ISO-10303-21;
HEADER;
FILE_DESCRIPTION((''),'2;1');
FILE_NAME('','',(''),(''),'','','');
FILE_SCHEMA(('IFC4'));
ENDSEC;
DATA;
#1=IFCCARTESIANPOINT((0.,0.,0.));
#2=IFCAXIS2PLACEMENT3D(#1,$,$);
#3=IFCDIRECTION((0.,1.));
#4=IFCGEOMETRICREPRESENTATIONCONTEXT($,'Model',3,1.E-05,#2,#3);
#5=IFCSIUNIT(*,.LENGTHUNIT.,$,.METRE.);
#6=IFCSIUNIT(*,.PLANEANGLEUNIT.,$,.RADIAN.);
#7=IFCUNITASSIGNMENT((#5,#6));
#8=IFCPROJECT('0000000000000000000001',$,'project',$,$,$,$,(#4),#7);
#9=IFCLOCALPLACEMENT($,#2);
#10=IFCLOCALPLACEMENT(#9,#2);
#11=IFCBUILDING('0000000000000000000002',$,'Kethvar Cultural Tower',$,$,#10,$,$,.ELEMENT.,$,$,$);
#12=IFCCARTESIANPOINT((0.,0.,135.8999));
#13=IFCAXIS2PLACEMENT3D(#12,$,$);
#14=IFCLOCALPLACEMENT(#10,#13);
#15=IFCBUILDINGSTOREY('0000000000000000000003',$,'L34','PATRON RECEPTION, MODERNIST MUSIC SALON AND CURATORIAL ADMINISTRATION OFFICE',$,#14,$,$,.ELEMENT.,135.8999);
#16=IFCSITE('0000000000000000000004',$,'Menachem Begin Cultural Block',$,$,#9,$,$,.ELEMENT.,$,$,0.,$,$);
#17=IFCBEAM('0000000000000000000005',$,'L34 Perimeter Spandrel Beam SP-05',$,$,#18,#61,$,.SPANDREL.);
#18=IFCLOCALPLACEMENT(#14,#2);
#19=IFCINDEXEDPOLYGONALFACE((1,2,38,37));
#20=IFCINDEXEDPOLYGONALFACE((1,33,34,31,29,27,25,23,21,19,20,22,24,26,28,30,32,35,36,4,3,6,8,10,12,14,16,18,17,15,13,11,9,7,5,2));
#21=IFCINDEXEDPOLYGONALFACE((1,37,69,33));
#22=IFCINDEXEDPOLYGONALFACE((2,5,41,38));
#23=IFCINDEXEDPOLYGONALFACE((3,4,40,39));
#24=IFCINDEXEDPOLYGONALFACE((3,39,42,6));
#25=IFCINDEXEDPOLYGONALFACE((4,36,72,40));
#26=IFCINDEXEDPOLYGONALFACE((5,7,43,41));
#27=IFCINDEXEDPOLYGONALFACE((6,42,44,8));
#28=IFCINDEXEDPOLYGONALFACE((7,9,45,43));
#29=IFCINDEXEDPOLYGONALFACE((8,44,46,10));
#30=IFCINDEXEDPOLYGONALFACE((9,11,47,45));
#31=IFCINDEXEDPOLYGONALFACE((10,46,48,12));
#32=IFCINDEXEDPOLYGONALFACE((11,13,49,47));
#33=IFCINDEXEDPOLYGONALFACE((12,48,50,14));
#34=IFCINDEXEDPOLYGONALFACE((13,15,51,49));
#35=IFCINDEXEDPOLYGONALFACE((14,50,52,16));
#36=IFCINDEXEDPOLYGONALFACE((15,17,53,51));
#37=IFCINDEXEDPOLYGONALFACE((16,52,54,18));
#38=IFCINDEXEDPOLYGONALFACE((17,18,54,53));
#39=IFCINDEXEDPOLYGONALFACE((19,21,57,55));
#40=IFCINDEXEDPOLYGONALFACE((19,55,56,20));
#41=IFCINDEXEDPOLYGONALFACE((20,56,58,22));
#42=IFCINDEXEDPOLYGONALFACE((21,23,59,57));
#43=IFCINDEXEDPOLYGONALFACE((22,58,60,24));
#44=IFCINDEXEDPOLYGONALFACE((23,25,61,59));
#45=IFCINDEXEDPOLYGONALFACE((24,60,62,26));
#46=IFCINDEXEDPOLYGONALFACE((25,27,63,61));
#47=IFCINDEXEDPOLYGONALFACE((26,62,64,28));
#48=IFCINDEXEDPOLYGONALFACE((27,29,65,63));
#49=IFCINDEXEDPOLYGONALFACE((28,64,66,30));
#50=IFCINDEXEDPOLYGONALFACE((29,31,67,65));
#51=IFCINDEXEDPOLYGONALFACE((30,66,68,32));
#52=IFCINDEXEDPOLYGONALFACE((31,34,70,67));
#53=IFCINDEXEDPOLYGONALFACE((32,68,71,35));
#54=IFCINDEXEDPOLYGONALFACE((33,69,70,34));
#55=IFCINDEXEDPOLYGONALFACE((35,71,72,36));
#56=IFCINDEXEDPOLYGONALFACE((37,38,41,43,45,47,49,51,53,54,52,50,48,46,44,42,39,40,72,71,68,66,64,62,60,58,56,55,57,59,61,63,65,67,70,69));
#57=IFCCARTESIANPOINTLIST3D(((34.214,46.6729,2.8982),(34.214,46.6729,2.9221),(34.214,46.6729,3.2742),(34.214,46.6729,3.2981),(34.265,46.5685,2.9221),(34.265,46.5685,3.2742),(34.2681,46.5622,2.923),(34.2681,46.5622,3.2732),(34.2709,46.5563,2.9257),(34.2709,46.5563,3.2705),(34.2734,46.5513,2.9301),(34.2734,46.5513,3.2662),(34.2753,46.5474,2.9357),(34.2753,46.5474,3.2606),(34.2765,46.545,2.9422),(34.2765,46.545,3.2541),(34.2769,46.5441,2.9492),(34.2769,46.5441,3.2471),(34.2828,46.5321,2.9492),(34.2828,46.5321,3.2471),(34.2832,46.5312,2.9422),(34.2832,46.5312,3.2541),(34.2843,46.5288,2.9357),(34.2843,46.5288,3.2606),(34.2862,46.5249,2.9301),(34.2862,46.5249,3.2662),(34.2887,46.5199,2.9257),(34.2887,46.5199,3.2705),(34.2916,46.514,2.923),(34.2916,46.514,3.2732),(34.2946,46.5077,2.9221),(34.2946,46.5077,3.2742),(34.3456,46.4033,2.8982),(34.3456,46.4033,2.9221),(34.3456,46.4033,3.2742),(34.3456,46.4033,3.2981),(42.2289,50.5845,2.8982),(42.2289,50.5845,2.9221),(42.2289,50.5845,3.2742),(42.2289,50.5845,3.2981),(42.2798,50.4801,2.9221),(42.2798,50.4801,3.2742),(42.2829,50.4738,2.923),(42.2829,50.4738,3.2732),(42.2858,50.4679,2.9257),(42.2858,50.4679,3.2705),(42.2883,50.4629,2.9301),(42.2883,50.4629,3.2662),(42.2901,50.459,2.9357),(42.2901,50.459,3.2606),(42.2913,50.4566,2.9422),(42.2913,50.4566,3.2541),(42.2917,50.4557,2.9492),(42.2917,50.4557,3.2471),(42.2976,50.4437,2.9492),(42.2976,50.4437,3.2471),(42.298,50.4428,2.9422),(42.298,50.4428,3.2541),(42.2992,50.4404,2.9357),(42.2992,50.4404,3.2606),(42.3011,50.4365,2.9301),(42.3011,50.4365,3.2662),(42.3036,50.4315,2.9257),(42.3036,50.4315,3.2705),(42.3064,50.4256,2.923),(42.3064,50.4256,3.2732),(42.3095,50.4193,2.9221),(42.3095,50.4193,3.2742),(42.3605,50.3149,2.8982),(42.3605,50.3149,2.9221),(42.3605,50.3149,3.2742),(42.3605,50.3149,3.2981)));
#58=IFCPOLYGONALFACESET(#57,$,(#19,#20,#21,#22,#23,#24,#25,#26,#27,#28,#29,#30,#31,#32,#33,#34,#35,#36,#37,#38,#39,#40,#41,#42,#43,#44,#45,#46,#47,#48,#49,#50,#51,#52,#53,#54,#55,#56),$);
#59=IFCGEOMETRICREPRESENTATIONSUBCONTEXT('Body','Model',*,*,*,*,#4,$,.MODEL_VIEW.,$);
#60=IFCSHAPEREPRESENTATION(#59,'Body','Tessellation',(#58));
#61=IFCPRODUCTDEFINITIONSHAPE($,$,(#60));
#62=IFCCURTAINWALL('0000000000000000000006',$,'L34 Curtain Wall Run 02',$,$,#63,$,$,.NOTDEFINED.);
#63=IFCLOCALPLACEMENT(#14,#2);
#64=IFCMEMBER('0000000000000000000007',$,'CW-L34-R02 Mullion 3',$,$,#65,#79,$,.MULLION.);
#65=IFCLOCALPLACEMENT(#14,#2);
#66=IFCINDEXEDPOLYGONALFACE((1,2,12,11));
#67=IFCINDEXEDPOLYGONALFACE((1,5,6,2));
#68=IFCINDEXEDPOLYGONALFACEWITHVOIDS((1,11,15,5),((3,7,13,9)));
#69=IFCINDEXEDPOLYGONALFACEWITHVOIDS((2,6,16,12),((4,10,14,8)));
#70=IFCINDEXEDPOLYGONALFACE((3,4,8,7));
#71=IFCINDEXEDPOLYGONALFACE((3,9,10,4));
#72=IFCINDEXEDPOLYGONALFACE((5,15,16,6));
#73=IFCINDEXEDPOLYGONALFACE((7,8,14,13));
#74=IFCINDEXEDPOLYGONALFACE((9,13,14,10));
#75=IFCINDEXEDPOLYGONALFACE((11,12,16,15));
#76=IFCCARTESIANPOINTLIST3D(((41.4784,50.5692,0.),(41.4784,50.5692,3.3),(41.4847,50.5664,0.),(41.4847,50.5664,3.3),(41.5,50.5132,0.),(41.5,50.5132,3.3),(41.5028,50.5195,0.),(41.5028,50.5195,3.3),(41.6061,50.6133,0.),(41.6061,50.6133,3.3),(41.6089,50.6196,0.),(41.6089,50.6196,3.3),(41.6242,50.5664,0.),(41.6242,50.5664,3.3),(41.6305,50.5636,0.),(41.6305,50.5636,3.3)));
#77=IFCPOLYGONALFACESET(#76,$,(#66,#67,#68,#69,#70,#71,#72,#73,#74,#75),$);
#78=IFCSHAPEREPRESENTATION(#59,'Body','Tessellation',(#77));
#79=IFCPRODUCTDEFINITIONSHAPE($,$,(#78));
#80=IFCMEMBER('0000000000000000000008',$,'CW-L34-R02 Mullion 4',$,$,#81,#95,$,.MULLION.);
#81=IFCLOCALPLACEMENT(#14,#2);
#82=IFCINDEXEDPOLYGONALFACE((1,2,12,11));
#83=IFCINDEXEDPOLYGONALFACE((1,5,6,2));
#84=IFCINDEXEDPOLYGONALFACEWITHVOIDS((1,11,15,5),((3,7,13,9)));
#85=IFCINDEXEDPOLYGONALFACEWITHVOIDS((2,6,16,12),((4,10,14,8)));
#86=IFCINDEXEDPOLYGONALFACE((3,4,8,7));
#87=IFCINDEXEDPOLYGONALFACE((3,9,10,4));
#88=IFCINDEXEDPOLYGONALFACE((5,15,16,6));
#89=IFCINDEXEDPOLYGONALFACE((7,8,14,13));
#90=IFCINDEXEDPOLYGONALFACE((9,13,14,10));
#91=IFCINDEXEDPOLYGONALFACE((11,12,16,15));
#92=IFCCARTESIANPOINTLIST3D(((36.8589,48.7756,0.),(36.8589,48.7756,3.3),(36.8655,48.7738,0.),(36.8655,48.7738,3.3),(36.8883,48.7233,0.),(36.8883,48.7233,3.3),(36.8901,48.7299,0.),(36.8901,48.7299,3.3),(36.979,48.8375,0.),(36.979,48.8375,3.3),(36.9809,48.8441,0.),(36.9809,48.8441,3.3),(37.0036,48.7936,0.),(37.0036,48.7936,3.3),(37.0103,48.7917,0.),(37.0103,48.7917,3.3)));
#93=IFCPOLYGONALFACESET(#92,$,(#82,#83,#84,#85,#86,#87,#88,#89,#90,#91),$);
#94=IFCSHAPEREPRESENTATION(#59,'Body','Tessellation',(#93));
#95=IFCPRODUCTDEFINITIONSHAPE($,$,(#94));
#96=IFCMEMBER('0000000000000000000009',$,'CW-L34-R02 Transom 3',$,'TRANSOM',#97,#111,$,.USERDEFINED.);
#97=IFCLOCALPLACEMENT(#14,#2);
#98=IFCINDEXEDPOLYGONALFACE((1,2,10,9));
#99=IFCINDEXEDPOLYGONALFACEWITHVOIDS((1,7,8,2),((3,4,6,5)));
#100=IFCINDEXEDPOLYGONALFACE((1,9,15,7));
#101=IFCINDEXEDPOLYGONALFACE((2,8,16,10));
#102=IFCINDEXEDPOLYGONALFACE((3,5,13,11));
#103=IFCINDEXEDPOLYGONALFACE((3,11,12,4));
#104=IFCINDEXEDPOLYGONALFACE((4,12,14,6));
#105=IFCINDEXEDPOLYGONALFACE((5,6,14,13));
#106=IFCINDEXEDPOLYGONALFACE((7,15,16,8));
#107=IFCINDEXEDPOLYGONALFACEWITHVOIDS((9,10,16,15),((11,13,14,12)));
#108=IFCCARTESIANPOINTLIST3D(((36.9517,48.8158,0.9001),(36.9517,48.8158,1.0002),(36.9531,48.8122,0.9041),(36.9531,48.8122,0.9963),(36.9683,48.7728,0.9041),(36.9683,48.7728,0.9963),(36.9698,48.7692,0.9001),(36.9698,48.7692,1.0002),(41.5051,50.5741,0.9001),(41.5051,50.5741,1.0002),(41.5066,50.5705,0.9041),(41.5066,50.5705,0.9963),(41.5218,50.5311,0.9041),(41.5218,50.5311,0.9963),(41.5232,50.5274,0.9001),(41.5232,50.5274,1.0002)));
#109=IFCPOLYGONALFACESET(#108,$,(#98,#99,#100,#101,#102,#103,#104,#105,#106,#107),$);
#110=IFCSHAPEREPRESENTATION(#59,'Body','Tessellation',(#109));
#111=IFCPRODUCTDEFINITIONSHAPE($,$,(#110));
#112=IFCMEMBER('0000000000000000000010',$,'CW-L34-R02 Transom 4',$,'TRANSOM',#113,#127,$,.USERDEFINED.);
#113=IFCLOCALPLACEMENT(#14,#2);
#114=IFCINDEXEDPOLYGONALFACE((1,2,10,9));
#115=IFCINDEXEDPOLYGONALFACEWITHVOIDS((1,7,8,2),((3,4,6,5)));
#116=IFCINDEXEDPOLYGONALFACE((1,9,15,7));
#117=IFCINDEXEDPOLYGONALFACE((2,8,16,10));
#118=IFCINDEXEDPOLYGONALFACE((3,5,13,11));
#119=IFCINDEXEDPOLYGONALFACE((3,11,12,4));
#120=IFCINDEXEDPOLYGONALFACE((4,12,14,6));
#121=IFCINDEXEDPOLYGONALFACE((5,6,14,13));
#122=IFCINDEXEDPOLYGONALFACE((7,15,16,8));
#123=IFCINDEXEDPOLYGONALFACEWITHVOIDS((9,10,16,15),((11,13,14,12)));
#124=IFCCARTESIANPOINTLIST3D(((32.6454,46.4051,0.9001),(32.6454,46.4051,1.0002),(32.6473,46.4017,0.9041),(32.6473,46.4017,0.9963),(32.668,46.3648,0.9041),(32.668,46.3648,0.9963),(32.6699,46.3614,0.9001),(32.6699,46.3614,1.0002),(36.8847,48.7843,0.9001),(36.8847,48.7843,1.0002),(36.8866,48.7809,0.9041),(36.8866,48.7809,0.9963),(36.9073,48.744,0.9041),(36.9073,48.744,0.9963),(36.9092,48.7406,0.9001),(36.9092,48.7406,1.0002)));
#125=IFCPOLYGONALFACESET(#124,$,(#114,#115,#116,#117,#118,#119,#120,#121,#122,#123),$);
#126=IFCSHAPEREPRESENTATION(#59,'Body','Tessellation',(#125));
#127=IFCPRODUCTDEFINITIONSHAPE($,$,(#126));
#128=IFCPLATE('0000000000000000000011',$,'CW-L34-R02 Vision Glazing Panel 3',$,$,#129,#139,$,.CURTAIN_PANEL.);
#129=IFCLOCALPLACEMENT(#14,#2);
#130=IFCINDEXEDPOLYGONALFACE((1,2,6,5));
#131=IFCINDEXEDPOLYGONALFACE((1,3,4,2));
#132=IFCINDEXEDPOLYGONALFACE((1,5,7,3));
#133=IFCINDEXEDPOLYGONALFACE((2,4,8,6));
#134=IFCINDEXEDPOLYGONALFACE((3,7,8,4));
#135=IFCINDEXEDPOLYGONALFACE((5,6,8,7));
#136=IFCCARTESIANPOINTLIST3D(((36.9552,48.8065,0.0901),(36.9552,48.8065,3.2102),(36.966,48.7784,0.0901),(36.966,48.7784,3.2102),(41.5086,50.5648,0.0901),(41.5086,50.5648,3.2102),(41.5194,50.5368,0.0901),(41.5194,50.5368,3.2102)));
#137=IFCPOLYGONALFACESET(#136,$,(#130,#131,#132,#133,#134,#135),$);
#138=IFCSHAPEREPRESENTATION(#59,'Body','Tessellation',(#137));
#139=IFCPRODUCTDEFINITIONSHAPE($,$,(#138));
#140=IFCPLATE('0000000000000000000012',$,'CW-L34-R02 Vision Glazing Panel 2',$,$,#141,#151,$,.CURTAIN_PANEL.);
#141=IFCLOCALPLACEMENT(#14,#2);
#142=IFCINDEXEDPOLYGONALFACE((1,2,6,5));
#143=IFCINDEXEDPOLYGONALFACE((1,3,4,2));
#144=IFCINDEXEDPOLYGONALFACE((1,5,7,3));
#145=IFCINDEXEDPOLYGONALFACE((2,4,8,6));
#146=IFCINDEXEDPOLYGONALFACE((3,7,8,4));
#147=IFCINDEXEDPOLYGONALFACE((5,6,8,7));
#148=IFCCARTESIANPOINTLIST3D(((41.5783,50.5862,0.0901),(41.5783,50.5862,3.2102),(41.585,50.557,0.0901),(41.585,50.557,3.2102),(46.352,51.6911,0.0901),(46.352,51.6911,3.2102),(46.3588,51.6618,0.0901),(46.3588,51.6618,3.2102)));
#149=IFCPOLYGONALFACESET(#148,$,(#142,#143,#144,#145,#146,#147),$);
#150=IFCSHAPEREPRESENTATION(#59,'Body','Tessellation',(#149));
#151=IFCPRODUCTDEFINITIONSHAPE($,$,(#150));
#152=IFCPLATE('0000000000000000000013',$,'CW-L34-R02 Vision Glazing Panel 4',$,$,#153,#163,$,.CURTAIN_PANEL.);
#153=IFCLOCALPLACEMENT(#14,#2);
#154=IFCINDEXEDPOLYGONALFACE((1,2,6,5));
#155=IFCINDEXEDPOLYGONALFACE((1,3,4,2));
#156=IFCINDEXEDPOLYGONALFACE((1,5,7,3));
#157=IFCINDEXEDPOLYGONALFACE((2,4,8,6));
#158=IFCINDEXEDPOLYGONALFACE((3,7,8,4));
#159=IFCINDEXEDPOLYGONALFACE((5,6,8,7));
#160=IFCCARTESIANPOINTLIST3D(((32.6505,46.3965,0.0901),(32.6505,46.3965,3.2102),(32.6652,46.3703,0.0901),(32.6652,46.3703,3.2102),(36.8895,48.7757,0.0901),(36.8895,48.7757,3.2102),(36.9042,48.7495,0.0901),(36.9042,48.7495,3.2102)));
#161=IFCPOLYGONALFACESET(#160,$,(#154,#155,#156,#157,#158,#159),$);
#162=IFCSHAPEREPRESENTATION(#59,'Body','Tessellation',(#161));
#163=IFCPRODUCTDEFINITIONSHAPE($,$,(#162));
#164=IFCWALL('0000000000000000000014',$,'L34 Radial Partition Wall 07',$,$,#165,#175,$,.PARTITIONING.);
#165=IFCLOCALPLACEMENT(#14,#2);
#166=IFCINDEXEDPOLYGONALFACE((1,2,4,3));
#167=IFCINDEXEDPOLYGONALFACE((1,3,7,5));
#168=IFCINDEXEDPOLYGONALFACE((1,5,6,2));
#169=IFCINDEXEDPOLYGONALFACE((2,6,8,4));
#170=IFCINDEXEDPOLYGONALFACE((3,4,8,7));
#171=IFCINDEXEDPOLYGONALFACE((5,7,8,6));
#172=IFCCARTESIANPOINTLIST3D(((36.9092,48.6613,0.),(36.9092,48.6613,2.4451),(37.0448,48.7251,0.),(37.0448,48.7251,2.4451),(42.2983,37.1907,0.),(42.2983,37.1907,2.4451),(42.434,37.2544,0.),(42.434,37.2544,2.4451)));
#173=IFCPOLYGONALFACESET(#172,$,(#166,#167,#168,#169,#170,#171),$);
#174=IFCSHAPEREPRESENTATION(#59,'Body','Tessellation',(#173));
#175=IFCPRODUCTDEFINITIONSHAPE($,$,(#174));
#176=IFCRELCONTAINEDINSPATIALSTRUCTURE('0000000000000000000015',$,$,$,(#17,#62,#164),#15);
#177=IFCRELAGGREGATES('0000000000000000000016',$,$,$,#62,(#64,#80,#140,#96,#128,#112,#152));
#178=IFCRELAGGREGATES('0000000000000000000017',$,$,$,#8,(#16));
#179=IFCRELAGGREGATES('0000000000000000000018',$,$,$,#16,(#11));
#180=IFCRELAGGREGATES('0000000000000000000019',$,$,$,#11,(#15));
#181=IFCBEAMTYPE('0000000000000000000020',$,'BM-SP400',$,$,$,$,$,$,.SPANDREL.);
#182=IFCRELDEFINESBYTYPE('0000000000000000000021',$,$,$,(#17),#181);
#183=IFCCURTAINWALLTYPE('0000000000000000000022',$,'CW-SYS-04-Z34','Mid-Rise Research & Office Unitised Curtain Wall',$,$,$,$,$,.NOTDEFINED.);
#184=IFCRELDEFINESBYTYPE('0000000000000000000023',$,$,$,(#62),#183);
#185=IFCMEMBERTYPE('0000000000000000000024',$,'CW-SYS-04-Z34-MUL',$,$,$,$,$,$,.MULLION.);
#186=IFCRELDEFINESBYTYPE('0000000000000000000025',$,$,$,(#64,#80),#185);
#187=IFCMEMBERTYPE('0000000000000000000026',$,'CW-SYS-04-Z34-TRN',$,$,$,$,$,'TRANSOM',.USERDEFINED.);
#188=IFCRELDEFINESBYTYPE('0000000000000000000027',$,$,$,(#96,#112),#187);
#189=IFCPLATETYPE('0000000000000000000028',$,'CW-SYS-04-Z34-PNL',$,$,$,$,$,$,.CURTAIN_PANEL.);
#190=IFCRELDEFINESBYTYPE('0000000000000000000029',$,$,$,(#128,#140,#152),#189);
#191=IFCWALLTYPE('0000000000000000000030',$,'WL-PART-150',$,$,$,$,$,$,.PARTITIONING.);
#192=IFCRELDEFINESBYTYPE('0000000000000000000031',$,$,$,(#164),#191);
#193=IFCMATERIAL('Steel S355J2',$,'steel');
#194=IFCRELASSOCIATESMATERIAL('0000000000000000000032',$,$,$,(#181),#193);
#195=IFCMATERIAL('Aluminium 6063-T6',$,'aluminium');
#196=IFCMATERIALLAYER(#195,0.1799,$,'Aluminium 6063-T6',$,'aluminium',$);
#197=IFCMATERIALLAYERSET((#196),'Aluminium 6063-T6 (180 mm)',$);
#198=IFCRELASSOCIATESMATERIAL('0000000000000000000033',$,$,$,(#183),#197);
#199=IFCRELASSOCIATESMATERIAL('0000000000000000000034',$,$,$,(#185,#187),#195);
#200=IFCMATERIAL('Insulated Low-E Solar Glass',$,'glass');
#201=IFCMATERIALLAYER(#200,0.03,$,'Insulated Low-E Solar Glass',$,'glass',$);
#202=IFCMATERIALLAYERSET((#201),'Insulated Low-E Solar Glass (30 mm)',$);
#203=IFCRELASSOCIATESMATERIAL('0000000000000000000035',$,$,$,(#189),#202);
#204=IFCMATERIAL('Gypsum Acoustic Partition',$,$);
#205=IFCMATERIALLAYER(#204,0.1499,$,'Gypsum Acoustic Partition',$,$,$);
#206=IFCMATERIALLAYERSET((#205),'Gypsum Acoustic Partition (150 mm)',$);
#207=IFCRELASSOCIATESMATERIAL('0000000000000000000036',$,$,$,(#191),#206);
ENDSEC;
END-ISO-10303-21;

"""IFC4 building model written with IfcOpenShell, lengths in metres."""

from ifc_helpers import new_model, si_unit, direction, frame, frame_2d, origin, origin_2d, place, context, subcontext, project, spatial, rectangle, hollow_rectangle, i_section, extrude, source, transform, mapped, material, layer, layer_set, material_profile, profile_set, type_object, element, aggregate, save


model = new_model("IFC4")

# Units and contexts
model_context = context("Model", 3, precision=1e-05, world=origin(), true_north=direction((0.0, 1.0)))
body_context = subcontext(model_context, "Body", "Model", "MODEL_VIEW")
ifc_project = project(units=[si_unit("LENGTHUNIT", "METRE"), si_unit("PLANEANGLEUNIT", "RADIAN")], contexts=[model_context])

# Site, building, storey
site_placement = place(None, origin())
site = spatial("IfcSite", under=ifc_project, at=site_placement, Name="Menachem Begin Cultural Block", CompositionType="ELEMENT", RefElevation=0.0)
building_placement = place(site_placement, origin())
building = spatial("IfcBuilding", under=site, at=building_placement, Name="Kethvar Cultural Tower", CompositionType="ELEMENT")
storey_placement = place(building_placement, frame((0.0, 0.0, 135.8999)))
storey = spatial("IfcBuildingStorey", under=building, at=storey_placement, Name="L34", Description="PATRON RECEPTION, MODERNIST MUSIC SALON AND CURATORIAL ADMINISTRATION OFFICE", CompositionType="ELEMENT", Elevation=135.8999)

# Beam
ifc_material_1 = material(Name="Steel S355J2", Category="steel")
ifc_material_profile_1 = material_profile(ifc_material_1, i_section(OverallWidth=0.3, OverallDepth=0.3999, WebThickness=0.0134, FlangeThickness=0.0239, FilletRadius=0.0271, at=origin_2d()), Name="Steel S355J2 — HEB400")
ifc_profile_set_1 = profile_set([ifc_material_profile_1], Name="Steel S355J2 — HEB400")
beam_type_1 = type_object("IfcBeamType", Name="BM-SP400", PredefinedType="SPANDREL", material=ifc_profile_set_1)
shared_shape_1 = source(origin(), body_context, "Body", "SweptSolid", [
    extrude(i_section(OverallWidth=0.3, OverallDepth=0.3999, WebThickness=0.0134, FlangeThickness=0.0239, FilletRadius=0.0271, at=origin_2d()), origin(), (0.0, 0.0, 1.0), 8.9185),
])
beam_1_placement = place(storey_placement, frame((42.2947, 50.4497, 3.0981), z_axis=(-0.898684, -0.438597, 0.0), x_axis=(0.438597, -0.898684, 0.0)))
element("IfcBeam", 1, at=beam_1_placement, inside=storey, type_object=beam_type_1, Name="L34 Perimeter Spandrel Beam SP-05", PredefinedType="SPANDREL", context=body_context, shape_type="MappedRepresentation", body=[
    mapped(shared_shape_1, transform((0.0, 0.0, 0.0), scale=1.0)),
])

# Curtain wall, members, plates
ifc_material_2 = material(Name="Aluminium 6063-T6", Category="aluminium")
ifc_layer_1 = layer(ifc_material_2, 0.1799, Name="Aluminium 6063-T6", Category="aluminium")
ifc_layer_set_1 = layer_set([ifc_layer_1], Name="Aluminium 6063-T6 (180 mm)")
curtain_wall_type = type_object("IfcCurtainWallType", Name="CW-SYS-04-Z34", Description="Mid-Rise Research & Office Unitised Curtain Wall", PredefinedType="NOTDEFINED", material=ifc_layer_set_1)
curtain_wall_placement = place(storey_placement, origin())
curtain_wall = element("IfcCurtainWall", 2, at=curtain_wall_placement, inside=storey, type_object=curtain_wall_type, Name="L34 Curtain Wall Run 02", PredefinedType="NOTDEFINED")
ifc_material_profile_2 = material_profile(ifc_material_2, hollow_rectangle(XDim=0.0601, YDim=0.1399, WallThickness=0.0049, at=origin_2d()), Name="Aluminium 6063-T6 — RHS140x60x5")
ifc_profile_set_2 = profile_set([ifc_material_profile_2], Name="Aluminium 6063-T6 — RHS140x60x5")
member_type_1 = type_object("IfcMemberType", Name="CW-SYS-04-Z34-MUL", PredefinedType="MULLION", material=ifc_profile_set_2)
shared_shape_2 = source(origin(), body_context, "Body", "SweptSolid", [
    extrude(hollow_rectangle(XDim=0.0601, YDim=0.1399, WallThickness=0.0049, at=origin_2d()), origin(), (0.0, 0.0, 1.0), 3.3),
])
member_1_placement = place(storey_placement, frame((41.5544, 50.5664, 0.0), z_axis=(0.0, 0.0, 1.0), x_axis=(0.360241, -0.932859, 0.0)))
member_1 = element("IfcMember", 3, at=member_1_placement, type_object=member_type_1, Name="CW-L34-R02 Mullion 3", PredefinedType="MULLION", context=body_context, shape_type="MappedRepresentation", body=[
    mapped(shared_shape_2, transform((0.0, 0.0, 0.0), scale=1.0)),
])
member_2_placement = place(storey_placement, frame((36.9346, 48.7837, 0.0), z_axis=(0.0, 0.0, 1.0), x_axis=(0.489428, -0.872044, 0.0)))
member_2 = element("IfcMember", 4, at=member_2_placement, type_object=member_type_1, Name="CW-L34-R02 Mullion 4", PredefinedType="MULLION", context=body_context, shape_type="MappedRepresentation", body=[
    mapped(shared_shape_2, transform((0.0, 0.0, 0.0), scale=1.0)),
])
ifc_material_profile_3 = material_profile(ifc_material_2, hollow_rectangle(XDim=0.05, YDim=0.1001, WallThickness=0.0039, at=origin_2d()), Name="Aluminium 6063-T6 — RHS100x50x4")
ifc_profile_set_3 = profile_set([ifc_material_profile_3], Name="Aluminium 6063-T6 — RHS100x50x4")
member_type_2 = type_object("IfcMemberType", Name="CW-SYS-04-Z34-TRN", ElementType="TRANSOM", PredefinedType="USERDEFINED", material=ifc_profile_set_3)
shared_shape_3 = source(origin(), body_context, "Body", "SweptSolid", [
    extrude(hollow_rectangle(XDim=0.05, YDim=0.1001, WallThickness=0.0039, at=origin_2d()), origin(), (0.0, 0.0, 1.0), 4.8811),
])
member_3_placement = place(storey_placement, frame((41.5142, 50.5508, 0.9502), z_axis=(-0.932867, -0.360222, 0.0), x_axis=(0.360222, -0.932867, 0.0)))
member_3 = element("IfcMember", 5, at=member_3_placement, type_object=member_type_2, Name="CW-L34-R02 Transom 3", ObjectType="TRANSOM", PredefinedType="USERDEFINED", context=body_context, shape_type="MappedRepresentation", body=[
    mapped(shared_shape_3, transform((0.0, 0.0, 0.0), scale=1.0)),
])
shared_shape_4 = source(origin(), body_context, "Body", "SweptSolid", [
    extrude(hollow_rectangle(XDim=0.05, YDim=0.1001, WallThickness=0.0039, at=origin_2d()), origin(), (0.0, 0.0, 1.0), 4.8613),
])
member_4_placement = place(storey_placement, frame((36.897, 48.7625, 0.9502), z_axis=(-0.872053, -0.489412, 0.0), x_axis=(0.489412, -0.872053, 0.0)))
member_4 = element("IfcMember", 6, at=member_4_placement, type_object=member_type_2, Name="CW-L34-R02 Transom 4", ObjectType="TRANSOM", PredefinedType="USERDEFINED", context=body_context, shape_type="MappedRepresentation", body=[
    mapped(shared_shape_4, transform((0.0, 0.0, 0.0), scale=1.0)),
])
ifc_material_3 = material(Name="Insulated Low-E Solar Glass", Category="glass")
ifc_layer_2 = layer(ifc_material_3, 0.03, Name="Insulated Low-E Solar Glass", Category="glass")
ifc_layer_set_2 = layer_set([ifc_layer_2], Name="Insulated Low-E Solar Glass (30 mm)")
plate_type = type_object("IfcPlateType", Name="CW-SYS-04-Z34-PNL", PredefinedType="CURTAIN_PANEL", material=ifc_layer_set_2)
shared_shape_5 = source(origin(), body_context, "Body", "SweptSolid", [
    extrude(rectangle(XDim=4.8811, YDim=0.03, at=origin_2d()), origin(), (0.0, 0.0, 1.0), 3.1201),
])
plate_1_placement = place(storey_placement, frame((39.2373, 49.6716, 0.0901), z_axis=(0.0, 0.0, 1.0), x_axis=(-0.932859, -0.360241, 0.0)))
plate_1 = element("IfcPlate", 7, at=plate_1_placement, type_object=plate_type, Name="CW-L34-R02 Vision Glazing Panel 3", PredefinedType="CURTAIN_PANEL", context=body_context, shape_type="MappedRepresentation", body=[
    mapped(shared_shape_5, transform((0.0, 0.0, 0.0), scale=1.0)),
])
shared_shape_6 = source(origin(), body_context, "Body", "SweptSolid", [
    extrude(rectangle(XDim=4.8999, YDim=0.03, at=origin_2d()), origin(), (0.0, 0.0, 1.0), 3.1201),
])
plate_2_placement = place(storey_placement, frame((43.9685, 51.124, 0.0901), z_axis=(0.0, 0.0, 1.0), x_axis=(-0.974248, -0.225478, 0.0)))
plate_2 = element("IfcPlate", 8, at=plate_2_placement, type_object=plate_type, Name="CW-L34-R02 Vision Glazing Panel 2", PredefinedType="CURTAIN_PANEL", context=body_context, shape_type="MappedRepresentation", body=[
    mapped(shared_shape_6, transform((0.0, 0.0, 0.0), scale=1.0)),
])
shared_shape_7 = source(origin(), body_context, "Body", "SweptSolid", [
    extrude(rectangle(XDim=4.8611, YDim=0.03, at=origin_2d()), origin(), (0.0, 0.0, 1.0), 3.1201),
])
plate_3_placement = place(storey_placement, frame((34.7773, 47.573, 0.0901), z_axis=(0.0, 0.0, 1.0), x_axis=(-0.872044, -0.489428, 0.0)))
plate_3 = element("IfcPlate", 9, at=plate_3_placement, type_object=plate_type, Name="CW-L34-R02 Vision Glazing Panel 4", PredefinedType="CURTAIN_PANEL", context=body_context, shape_type="MappedRepresentation", body=[
    mapped(shared_shape_7, transform((0.0, 0.0, 0.0), scale=1.0)),
])
aggregate(curtain_wall, [member_1, member_2, plate_2, member_3, plate_1, member_4, plate_3])

# Wall
ifc_material_4 = material(Name="Gypsum Acoustic Partition")
ifc_layer_3 = layer(ifc_material_4, 0.1499, Name="Gypsum Acoustic Partition")
ifc_layer_set_3 = layer_set([ifc_layer_3], Name="Gypsum Acoustic Partition (150 mm)")
wall_type = type_object("IfcWallType", Name="WL-PART-150", PredefinedType="PARTITIONING", material=ifc_layer_set_3)
wall_1_placement = place(storey_placement, frame((42.3662, 37.2224, 0.0), z_axis=(0.0, 0.0, 1.0), x_axis=(-0.425227, 0.905087, 0.0)))
element("IfcWall", 10, at=wall_1_placement, inside=storey, type_object=wall_type, Name="L34 Radial Partition Wall 07", PredefinedType="PARTITIONING", context=body_context, shape_type="SweptSolid", body=[
    extrude(rectangle(XDim=12.6736, YDim=0.1499, at=frame_2d((6.3369, 0.0))), origin(), (0.0, 0.0, 1.0), 2.4451),
])

save(model, "model.ifc")
